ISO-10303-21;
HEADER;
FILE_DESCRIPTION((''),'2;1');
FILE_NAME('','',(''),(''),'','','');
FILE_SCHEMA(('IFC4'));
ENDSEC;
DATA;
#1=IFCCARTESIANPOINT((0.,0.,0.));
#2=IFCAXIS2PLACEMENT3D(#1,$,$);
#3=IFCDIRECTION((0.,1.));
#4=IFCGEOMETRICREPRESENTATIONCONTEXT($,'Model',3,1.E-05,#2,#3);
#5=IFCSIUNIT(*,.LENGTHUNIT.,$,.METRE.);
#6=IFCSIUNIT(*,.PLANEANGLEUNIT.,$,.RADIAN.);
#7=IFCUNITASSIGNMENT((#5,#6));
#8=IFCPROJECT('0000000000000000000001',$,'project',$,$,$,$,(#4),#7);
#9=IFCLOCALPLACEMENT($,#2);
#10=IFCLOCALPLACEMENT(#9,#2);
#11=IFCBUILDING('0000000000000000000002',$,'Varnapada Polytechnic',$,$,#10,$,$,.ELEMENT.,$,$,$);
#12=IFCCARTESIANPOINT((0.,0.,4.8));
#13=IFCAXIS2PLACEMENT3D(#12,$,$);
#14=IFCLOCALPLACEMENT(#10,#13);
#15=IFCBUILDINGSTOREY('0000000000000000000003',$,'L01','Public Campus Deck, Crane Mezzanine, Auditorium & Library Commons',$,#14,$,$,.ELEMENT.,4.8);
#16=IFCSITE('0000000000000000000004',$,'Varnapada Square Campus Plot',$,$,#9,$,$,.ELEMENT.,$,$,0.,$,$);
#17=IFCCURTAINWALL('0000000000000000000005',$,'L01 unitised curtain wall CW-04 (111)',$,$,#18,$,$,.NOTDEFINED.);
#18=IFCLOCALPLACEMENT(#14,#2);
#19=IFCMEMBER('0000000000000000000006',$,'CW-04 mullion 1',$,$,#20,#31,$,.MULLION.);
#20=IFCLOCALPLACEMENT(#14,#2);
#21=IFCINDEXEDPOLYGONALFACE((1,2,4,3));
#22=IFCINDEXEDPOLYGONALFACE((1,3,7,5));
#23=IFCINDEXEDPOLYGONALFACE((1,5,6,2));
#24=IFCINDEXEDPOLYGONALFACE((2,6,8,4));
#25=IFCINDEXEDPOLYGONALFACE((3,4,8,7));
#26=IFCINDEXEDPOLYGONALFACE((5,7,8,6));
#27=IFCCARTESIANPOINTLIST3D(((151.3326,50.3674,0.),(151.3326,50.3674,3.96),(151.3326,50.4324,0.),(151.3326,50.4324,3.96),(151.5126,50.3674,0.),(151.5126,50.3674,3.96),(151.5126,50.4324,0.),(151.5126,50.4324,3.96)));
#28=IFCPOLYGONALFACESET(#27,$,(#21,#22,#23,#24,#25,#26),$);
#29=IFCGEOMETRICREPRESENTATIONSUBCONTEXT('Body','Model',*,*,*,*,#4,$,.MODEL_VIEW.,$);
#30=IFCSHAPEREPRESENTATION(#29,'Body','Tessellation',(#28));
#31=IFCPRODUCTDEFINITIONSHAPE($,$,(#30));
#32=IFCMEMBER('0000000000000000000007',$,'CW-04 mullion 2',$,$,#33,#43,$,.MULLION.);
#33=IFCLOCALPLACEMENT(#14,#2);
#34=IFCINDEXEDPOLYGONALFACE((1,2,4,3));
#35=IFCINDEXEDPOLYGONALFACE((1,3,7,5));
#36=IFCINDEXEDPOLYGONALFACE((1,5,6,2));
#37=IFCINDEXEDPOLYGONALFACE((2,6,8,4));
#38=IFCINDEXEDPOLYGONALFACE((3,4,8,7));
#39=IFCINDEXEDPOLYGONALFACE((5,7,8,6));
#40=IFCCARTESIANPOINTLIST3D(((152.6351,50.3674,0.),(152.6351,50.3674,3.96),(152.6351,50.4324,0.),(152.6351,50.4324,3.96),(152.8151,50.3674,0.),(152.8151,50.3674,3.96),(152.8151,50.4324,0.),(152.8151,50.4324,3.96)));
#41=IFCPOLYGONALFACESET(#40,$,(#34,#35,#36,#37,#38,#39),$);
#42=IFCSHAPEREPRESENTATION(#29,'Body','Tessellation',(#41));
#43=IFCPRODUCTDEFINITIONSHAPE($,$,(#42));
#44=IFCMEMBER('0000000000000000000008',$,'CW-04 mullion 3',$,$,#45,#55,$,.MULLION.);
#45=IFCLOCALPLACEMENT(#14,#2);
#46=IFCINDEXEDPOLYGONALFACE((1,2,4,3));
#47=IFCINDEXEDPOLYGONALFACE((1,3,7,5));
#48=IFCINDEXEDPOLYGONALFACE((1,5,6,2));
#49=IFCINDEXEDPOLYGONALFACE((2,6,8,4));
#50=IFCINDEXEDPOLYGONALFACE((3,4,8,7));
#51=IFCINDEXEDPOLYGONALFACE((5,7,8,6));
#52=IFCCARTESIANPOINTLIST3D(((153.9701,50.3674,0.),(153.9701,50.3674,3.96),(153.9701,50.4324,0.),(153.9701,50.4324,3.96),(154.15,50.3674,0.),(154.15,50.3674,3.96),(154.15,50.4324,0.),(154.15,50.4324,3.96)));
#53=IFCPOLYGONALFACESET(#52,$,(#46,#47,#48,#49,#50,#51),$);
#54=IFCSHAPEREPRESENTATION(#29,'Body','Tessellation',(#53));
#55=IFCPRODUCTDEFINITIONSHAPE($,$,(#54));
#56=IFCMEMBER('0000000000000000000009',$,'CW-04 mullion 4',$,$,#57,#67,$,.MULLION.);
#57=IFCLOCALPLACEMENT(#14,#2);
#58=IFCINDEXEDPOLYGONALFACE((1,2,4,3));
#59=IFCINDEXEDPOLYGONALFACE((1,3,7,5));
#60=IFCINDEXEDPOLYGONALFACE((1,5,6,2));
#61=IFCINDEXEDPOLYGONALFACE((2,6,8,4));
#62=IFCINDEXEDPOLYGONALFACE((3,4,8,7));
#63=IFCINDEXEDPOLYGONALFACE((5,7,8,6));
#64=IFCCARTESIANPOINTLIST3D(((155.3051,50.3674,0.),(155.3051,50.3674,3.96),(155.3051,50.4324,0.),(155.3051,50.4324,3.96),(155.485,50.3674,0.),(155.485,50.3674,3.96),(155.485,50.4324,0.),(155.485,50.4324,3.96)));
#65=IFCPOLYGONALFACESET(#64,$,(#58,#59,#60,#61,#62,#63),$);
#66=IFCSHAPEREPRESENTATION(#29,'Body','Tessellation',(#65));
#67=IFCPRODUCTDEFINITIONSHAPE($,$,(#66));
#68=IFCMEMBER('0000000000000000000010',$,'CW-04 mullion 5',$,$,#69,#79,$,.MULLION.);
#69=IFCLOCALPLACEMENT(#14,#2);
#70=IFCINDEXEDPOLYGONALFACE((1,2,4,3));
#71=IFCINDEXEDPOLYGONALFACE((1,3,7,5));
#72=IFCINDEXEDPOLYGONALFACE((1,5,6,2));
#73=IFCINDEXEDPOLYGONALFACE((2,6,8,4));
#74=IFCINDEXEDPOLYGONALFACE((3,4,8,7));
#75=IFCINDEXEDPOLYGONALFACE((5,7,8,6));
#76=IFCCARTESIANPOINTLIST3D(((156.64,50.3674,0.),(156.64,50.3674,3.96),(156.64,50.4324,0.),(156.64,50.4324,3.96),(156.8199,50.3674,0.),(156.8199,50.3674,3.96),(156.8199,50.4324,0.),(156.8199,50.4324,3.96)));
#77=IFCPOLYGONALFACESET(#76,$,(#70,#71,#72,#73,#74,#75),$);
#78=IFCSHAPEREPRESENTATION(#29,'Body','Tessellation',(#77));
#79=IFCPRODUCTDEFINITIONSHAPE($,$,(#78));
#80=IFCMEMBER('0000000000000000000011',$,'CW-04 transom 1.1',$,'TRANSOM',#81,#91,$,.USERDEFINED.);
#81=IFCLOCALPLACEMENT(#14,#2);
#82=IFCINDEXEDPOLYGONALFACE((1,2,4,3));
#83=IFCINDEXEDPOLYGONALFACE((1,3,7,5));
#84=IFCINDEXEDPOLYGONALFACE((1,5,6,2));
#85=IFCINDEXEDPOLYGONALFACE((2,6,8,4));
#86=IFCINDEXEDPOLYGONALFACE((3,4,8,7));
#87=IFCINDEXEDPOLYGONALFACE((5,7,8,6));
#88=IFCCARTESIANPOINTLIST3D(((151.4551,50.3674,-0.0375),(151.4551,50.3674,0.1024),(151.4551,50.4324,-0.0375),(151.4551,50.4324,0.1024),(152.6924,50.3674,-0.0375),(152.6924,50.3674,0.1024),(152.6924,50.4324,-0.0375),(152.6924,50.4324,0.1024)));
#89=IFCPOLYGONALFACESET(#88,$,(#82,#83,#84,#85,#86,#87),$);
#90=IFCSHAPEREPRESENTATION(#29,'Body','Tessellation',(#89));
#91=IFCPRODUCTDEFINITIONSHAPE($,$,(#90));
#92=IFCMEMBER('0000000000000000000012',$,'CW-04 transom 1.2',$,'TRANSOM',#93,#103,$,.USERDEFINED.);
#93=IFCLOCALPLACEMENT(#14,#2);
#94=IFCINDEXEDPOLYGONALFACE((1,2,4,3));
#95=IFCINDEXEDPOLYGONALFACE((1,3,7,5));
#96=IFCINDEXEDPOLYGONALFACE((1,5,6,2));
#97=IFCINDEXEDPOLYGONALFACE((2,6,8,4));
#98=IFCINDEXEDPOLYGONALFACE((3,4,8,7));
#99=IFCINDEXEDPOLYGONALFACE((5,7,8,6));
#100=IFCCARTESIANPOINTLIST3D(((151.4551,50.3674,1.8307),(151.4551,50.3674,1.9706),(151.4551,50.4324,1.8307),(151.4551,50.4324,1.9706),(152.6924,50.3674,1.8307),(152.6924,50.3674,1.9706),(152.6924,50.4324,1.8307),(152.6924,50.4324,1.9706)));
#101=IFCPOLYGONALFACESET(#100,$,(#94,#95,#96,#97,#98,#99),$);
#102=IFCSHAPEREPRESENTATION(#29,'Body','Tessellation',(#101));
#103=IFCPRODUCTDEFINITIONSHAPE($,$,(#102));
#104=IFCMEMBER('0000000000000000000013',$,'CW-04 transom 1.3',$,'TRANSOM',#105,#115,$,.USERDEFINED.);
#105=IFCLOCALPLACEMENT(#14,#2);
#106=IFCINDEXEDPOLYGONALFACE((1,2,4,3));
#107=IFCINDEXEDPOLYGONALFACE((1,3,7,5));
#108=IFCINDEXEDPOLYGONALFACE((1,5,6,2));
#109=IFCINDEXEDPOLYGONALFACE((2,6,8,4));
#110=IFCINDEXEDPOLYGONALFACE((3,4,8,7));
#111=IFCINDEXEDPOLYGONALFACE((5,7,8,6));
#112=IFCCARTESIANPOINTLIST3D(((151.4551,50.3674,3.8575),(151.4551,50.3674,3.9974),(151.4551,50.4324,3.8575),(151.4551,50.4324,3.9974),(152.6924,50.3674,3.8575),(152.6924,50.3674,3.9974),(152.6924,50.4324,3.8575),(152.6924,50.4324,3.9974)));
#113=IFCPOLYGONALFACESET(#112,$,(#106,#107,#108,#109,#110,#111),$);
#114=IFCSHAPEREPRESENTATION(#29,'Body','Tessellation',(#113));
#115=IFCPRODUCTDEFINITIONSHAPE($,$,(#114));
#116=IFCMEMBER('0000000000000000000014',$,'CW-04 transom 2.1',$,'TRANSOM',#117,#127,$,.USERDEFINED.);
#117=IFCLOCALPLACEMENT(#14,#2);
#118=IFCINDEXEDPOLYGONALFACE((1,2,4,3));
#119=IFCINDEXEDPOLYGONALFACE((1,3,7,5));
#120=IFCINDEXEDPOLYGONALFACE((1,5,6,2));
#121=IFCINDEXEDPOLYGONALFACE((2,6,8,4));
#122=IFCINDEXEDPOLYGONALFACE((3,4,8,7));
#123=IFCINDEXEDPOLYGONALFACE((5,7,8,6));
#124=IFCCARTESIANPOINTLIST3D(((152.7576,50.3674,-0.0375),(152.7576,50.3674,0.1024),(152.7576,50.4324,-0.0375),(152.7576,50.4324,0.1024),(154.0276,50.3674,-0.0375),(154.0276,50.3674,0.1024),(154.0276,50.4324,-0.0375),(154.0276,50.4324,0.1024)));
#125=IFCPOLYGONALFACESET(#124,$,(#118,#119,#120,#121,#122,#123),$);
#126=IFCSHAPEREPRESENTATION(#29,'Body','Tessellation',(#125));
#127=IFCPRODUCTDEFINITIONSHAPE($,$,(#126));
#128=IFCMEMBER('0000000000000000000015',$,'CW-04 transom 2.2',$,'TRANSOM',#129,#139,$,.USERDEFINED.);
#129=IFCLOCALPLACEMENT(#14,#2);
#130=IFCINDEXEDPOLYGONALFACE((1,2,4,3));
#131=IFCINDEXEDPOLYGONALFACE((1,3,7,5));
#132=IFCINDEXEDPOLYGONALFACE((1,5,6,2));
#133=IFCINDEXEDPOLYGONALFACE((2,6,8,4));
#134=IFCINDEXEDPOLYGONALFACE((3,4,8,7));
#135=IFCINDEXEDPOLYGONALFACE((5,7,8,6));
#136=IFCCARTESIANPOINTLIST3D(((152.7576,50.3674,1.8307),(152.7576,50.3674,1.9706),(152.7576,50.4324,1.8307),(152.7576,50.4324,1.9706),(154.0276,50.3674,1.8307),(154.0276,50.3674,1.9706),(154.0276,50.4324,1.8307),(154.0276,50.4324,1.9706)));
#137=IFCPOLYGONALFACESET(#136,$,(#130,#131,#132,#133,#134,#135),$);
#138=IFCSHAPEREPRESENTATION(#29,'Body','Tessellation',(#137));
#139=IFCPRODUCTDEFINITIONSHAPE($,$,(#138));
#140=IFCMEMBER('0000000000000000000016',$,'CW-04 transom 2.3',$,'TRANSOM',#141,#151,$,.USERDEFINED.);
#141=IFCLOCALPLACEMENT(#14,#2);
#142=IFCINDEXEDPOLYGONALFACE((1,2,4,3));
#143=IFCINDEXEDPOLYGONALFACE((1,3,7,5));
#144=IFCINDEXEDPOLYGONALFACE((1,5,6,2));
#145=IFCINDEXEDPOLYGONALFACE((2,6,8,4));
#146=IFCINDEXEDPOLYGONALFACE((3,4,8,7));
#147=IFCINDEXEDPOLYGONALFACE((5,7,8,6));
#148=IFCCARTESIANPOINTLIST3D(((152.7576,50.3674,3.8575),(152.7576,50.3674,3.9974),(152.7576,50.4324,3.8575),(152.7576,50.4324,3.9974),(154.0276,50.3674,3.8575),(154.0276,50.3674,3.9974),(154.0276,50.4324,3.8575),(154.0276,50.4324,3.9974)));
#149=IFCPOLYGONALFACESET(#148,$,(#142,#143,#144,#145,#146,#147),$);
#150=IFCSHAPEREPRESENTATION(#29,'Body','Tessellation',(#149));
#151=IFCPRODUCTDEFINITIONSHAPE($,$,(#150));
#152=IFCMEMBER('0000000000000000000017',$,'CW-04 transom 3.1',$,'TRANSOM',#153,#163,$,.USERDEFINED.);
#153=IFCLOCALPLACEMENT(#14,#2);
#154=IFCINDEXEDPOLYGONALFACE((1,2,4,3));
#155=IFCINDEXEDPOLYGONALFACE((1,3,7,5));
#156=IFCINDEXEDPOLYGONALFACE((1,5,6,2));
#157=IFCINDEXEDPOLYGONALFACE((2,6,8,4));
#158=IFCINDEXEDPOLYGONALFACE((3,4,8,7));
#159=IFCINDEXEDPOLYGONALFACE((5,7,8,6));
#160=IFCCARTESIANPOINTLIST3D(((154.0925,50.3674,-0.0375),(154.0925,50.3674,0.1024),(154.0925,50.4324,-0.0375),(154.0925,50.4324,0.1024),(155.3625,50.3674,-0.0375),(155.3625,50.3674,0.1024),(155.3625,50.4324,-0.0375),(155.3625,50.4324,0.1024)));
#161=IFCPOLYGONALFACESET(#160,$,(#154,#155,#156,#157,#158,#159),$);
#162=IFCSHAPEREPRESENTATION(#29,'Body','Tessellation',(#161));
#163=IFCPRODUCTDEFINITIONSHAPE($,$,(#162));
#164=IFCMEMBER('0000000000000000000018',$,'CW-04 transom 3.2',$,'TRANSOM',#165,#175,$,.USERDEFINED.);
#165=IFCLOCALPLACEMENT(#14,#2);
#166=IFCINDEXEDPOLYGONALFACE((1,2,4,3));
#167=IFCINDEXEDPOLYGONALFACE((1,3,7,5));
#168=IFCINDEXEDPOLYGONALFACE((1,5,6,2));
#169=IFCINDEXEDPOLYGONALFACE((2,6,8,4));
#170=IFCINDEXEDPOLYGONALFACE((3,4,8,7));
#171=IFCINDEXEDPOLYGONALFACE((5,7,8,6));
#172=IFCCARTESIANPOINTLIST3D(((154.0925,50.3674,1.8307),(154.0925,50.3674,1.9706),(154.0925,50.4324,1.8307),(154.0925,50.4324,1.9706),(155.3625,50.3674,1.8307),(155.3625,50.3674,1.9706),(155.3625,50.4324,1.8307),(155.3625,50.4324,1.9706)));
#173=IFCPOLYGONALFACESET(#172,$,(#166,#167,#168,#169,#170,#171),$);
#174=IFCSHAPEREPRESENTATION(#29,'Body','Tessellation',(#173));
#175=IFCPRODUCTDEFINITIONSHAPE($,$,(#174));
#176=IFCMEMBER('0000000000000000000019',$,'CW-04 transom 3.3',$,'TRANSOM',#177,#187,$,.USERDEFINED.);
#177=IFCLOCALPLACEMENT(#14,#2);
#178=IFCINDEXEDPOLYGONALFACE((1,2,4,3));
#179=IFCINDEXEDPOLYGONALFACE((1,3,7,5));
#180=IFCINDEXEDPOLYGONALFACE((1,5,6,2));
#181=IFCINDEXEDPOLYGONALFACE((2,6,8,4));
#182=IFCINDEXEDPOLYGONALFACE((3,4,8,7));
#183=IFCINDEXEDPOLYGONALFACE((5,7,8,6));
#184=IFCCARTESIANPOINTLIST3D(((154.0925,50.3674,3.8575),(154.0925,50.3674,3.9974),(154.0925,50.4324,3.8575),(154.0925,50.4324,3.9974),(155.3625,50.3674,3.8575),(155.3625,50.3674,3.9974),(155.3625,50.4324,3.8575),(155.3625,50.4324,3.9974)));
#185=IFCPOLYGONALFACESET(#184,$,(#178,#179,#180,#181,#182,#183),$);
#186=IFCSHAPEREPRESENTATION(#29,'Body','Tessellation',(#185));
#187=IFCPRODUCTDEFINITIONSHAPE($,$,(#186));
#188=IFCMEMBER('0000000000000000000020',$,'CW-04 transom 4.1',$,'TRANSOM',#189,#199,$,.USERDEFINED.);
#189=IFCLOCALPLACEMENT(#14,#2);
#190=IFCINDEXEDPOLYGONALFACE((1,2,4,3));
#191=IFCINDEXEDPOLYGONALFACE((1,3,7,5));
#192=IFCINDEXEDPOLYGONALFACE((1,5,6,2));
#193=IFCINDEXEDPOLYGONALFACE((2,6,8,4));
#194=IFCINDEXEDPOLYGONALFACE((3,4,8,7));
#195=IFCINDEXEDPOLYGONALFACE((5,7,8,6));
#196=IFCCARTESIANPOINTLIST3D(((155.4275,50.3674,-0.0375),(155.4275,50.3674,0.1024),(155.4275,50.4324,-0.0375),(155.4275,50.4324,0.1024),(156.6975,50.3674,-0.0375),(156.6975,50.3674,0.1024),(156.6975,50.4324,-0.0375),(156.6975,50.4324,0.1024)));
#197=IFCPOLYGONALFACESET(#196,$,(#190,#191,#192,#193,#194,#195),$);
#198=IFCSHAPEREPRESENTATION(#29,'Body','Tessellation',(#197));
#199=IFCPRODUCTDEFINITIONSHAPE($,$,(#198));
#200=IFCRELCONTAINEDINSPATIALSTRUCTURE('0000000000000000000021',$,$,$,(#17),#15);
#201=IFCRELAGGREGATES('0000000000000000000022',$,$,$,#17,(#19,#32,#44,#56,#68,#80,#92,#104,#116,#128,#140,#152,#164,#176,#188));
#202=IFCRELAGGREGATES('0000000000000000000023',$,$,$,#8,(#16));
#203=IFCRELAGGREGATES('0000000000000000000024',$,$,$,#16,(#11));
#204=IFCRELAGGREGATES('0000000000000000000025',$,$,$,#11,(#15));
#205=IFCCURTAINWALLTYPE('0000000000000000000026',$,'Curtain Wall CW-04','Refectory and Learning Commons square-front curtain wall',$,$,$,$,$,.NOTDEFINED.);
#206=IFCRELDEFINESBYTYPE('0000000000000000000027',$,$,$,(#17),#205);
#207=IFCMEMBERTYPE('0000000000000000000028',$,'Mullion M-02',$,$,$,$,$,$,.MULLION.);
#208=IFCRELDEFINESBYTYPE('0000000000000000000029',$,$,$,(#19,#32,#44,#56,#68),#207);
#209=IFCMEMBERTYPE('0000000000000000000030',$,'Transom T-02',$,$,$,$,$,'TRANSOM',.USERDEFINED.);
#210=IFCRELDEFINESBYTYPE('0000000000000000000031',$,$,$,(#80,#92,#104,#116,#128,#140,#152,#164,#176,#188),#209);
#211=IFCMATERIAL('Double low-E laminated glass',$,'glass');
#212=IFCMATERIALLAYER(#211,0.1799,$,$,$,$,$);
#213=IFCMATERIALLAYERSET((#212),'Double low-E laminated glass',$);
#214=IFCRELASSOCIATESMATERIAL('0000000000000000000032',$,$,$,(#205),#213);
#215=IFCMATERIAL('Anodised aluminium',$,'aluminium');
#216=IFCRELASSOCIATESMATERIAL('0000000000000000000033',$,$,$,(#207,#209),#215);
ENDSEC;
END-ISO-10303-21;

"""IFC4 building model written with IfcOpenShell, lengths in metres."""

from ifc_helpers import new_model, si_unit, direction, frame, origin, origin_2d, place, context, subcontext, project, spatial, rectangle, extrude, material, layer, layer_set, material_profile, profile_set, type_object, element, aggregate, save


model = new_model("IFC4")

# Units and contexts
model_context = context("Model", 3, precision=1e-05, world=origin(), true_north=direction((0.0, 1.0)))
body_context = subcontext(model_context, "Body", "Model", "MODEL_VIEW")
ifc_project = project(units=[si_unit("LENGTHUNIT", "METRE"), si_unit("PLANEANGLEUNIT", "RADIAN")], contexts=[model_context])

# Site, building, storey
site_placement = place(None, origin())
site = spatial("IfcSite", under=ifc_project, at=site_placement, Name="Varnapada Square Campus Plot", CompositionType="ELEMENT", RefElevation=0.0)
building_placement = place(site_placement, origin())
building = spatial("IfcBuilding", under=site, at=building_placement, Name="Varnapada Polytechnic", CompositionType="ELEMENT")
storey_placement = place(building_placement, frame((0.0, 0.0, 4.8)))
storey = spatial("IfcBuildingStorey", under=building, at=storey_placement, Name="L01", Description="Public Campus Deck, Crane Mezzanine, Auditorium & Library Commons", CompositionType="ELEMENT", Elevation=4.8)

# Curtain wall, members
ifc_material_1 = material(Name="Double low-E laminated glass", Category="glass")
ifc_layer_1 = layer(ifc_material_1, 0.1799)
ifc_layer_set_1 = layer_set([ifc_layer_1], Name="Double low-E laminated glass")
curtain_wall_type = type_object("IfcCurtainWallType", Name="Curtain Wall CW-04", Description="Refectory and Learning Commons square-front curtain wall", PredefinedType="NOTDEFINED", material=ifc_layer_set_1)
curtain_wall_placement = place(storey_placement, origin())
curtain_wall = element("IfcCurtainWall", 1, at=curtain_wall_placement, inside=storey, type_object=curtain_wall_type, Name="L01 unitised curtain wall CW-04 (111)", PredefinedType="NOTDEFINED")
ifc_material_2 = material(Name="Anodised aluminium", Category="aluminium")
ifc_material_profile_1 = material_profile(ifc_material_2, rectangle(XDim=0.0649, YDim=0.1799, at=origin_2d()), Name="ALU M65x180")
ifc_profile_set_1 = profile_set([ifc_material_profile_1], Name="Anodised aluminium")
member_type_1 = type_object("IfcMemberType", Name="Mullion M-02", PredefinedType="MULLION", material=ifc_profile_set_1)
member_1_placement = place(storey_placement, frame((151.4226, 50.3999, 0.0), z_axis=(0.0, 0.0, 1.0), x_axis=(0.0, 1.0, 0.0)))
member_1 = element("IfcMember", 2, at=member_1_placement, type_object=member_type_1, Name="CW-04 mullion 1", PredefinedType="MULLION", context=body_context, shape_type="SweptSolid", body=[
    extrude(rectangle(XDim=0.0649, YDim=0.1799, at=origin_2d()), origin(), (0.0, 0.0, 1.0), 3.96),
])
member_2_placement = place(storey_placement, frame((152.7251, 50.3999, 0.0), z_axis=(0.0, 0.0, 1.0), x_axis=(0.0, 1.0, 0.0)))
member_2 = element("IfcMember", 3, at=member_2_placement, type_object=member_type_1, Name="CW-04 mullion 2", PredefinedType="MULLION", context=body_context, shape_type="SweptSolid", body=[
    extrude(rectangle(XDim=0.0649, YDim=0.1799, at=origin_2d()), origin(), (0.0, 0.0, 1.0), 3.96),
])
member_3_placement = place(storey_placement, frame((154.0601, 50.3999, 0.0), z_axis=(0.0, 0.0, 1.0), x_axis=(0.0, 1.0, 0.0)))
member_3 = element("IfcMember", 4, at=member_3_placement, type_object=member_type_1, Name="CW-04 mullion 3", PredefinedType="MULLION", context=body_context, shape_type="SweptSolid", body=[
    extrude(rectangle(XDim=0.0649, YDim=0.1799, at=origin_2d()), origin(), (0.0, 0.0, 1.0), 3.96),
])
member_4_placement = place(storey_placement, frame((155.395, 50.3999, 0.0), z_axis=(0.0, 0.0, 1.0), x_axis=(0.0, 1.0, 0.0)))
member_4 = element("IfcMember", 5, at=member_4_placement, type_object=member_type_1, Name="CW-04 mullion 4", PredefinedType="MULLION", context=body_context, shape_type="SweptSolid", body=[
    extrude(rectangle(XDim=0.0649, YDim=0.1799, at=origin_2d()), origin(), (0.0, 0.0, 1.0), 3.96),
])
member_5_placement = place(storey_placement, frame((156.73, 50.3999, 0.0), z_axis=(0.0, 0.0, 1.0), x_axis=(0.0, 1.0, 0.0)))
member_5 = element("IfcMember", 6, at=member_5_placement, type_object=member_type_1, Name="CW-04 mullion 5", PredefinedType="MULLION", context=body_context, shape_type="SweptSolid", body=[
    extrude(rectangle(XDim=0.0649, YDim=0.1799, at=origin_2d()), origin(), (0.0, 0.0, 1.0), 3.96),
])
ifc_material_profile_2 = material_profile(ifc_material_2, rectangle(XDim=0.0649, YDim=0.1399, at=origin_2d()), Name="ALU T65x140")
ifc_profile_set_2 = profile_set([ifc_material_profile_2], Name="Anodised aluminium")
member_type_2 = type_object("IfcMemberType", Name="Transom T-02", ElementType="TRANSOM", PredefinedType="USERDEFINED", material=ifc_profile_set_2)
member_6_placement = place(storey_placement, frame((151.4551, 50.3999, 0.0325), z_axis=(1.0, 0.0, 0.0), x_axis=(0.0, 1.0, 0.0)))
member_6 = element("IfcMember", 7, at=member_6_placement, type_object=member_type_2, Name="CW-04 transom 1.1", ObjectType="TRANSOM", PredefinedType="USERDEFINED", context=body_context, shape_type="SweptSolid", body=[
    extrude(rectangle(XDim=0.0649, YDim=0.1399, at=origin_2d()), origin(), (0.0, 0.0, 1.0), 1.2373),
])
member_7_placement = place(storey_placement, frame((151.4551, 50.3999, 1.9006), z_axis=(1.0, 0.0, 0.0), x_axis=(0.0, 1.0, 0.0)))
member_7 = element("IfcMember", 8, at=member_7_placement, type_object=member_type_2, Name="CW-04 transom 1.2", ObjectType="TRANSOM", PredefinedType="USERDEFINED", context=body_context, shape_type="SweptSolid", body=[
    extrude(rectangle(XDim=0.0649, YDim=0.1399, at=origin_2d()), origin(), (0.0, 0.0, 1.0), 1.2373),
])
member_8_placement = place(storey_placement, frame((151.4551, 50.3999, 3.9275), z_axis=(1.0, 0.0, 0.0), x_axis=(0.0, 1.0, 0.0)))
member_8 = element("IfcMember", 9, at=member_8_placement, type_object=member_type_2, Name="CW-04 transom 1.3", ObjectType="TRANSOM", PredefinedType="USERDEFINED", context=body_context, shape_type="SweptSolid", body=[
    extrude(rectangle(XDim=0.0649, YDim=0.1399, at=origin_2d()), origin(), (0.0, 0.0, 1.0), 1.2373),
])
member_9_placement = place(storey_placement, frame((152.7576, 50.3999, 0.0325), z_axis=(1.0, 0.0, 0.0), x_axis=(0.0, 1.0, 0.0)))
member_9 = element("IfcMember", 10, at=member_9_placement, type_object=member_type_2, Name="CW-04 transom 2.1", ObjectType="TRANSOM", PredefinedType="USERDEFINED", context=body_context, shape_type="SweptSolid", body=[
    extrude(rectangle(XDim=0.0649, YDim=0.1399, at=origin_2d()), origin(), (0.0, 0.0, 1.0), 1.27),
])
member_10_placement = place(storey_placement, frame((152.7576, 50.3999, 1.9006), z_axis=(1.0, 0.0, 0.0), x_axis=(0.0, 1.0, 0.0)))
member_10 = element("IfcMember", 11, at=member_10_placement, type_object=member_type_2, Name="CW-04 transom 2.2", ObjectType="TRANSOM", PredefinedType="USERDEFINED", context=body_context, shape_type="SweptSolid", body=[
    extrude(rectangle(XDim=0.0649, YDim=0.1399, at=origin_2d()), origin(), (0.0, 0.0, 1.0), 1.27),
])
member_11_placement = place(storey_placement, frame((152.7576, 50.3999, 3.9275), z_axis=(1.0, 0.0, 0.0), x_axis=(0.0, 1.0, 0.0)))
member_11 = element("IfcMember", 12, at=member_11_placement, type_object=member_type_2, Name="CW-04 transom 2.3", ObjectType="TRANSOM", PredefinedType="USERDEFINED", context=body_context, shape_type="SweptSolid", body=[
    extrude(rectangle(XDim=0.0649, YDim=0.1399, at=origin_2d()), origin(), (0.0, 0.0, 1.0), 1.27),
])
member_12_placement = place(storey_placement, frame((154.0925, 50.3999, 0.0325), z_axis=(1.0, 0.0, 0.0), x_axis=(0.0, 1.0, 0.0)))
member_12 = element("IfcMember", 13, at=member_12_placement, type_object=member_type_2, Name="CW-04 transom 3.1", ObjectType="TRANSOM", PredefinedType="USERDEFINED", context=body_context, shape_type="SweptSolid", body=[
    extrude(rectangle(XDim=0.0649, YDim=0.1399, at=origin_2d()), origin(), (0.0, 0.0, 1.0), 1.27),
])
member_13_placement = place(storey_placement, frame((154.0925, 50.3999, 1.9006), z_axis=(1.0, 0.0, 0.0), x_axis=(0.0, 1.0, 0.0)))
member_13 = element("IfcMember", 14, at=member_13_placement, type_object=member_type_2, Name="CW-04 transom 3.2", ObjectType="TRANSOM", PredefinedType="USERDEFINED", context=body_context, shape_type="SweptSolid", body=[
    extrude(rectangle(XDim=0.0649, YDim=0.1399, at=origin_2d()), origin(), (0.0, 0.0, 1.0), 1.27),
])
member_14_placement = place(storey_placement, frame((154.0925, 50.3999, 3.9275), z_axis=(1.0, 0.0, 0.0), x_axis=(0.0, 1.0, 0.0)))
member_14 = element("IfcMember", 15, at=member_14_placement, type_object=member_type_2, Name="CW-04 transom 3.3", ObjectType="TRANSOM", PredefinedType="USERDEFINED", context=body_context, shape_type="SweptSolid", body=[
    extrude(rectangle(XDim=0.0649, YDim=0.1399, at=origin_2d()), origin(), (0.0, 0.0, 1.0), 1.27),
])
member_15_placement = place(storey_placement, frame((155.4275, 50.3999, 0.0325), z_axis=(1.0, 0.0, 0.0), x_axis=(0.0, 1.0, 0.0)))
member_15 = element("IfcMember", 16, at=member_15_placement, type_object=member_type_2, Name="CW-04 transom 4.1", ObjectType="TRANSOM", PredefinedType="USERDEFINED", context=body_context, shape_type="SweptSolid", body=[
    extrude(rectangle(XDim=0.0649, YDim=0.1399, at=origin_2d()), origin(), (0.0, 0.0, 1.0), 1.27),
])

aggregate(curtain_wall, [member_1, member_2, member_3, member_4, member_5, member_6, member_7, member_8, member_9, member_10, member_11, member_12, member_13, member_14, member_15])

save(model, "model.ifc")
